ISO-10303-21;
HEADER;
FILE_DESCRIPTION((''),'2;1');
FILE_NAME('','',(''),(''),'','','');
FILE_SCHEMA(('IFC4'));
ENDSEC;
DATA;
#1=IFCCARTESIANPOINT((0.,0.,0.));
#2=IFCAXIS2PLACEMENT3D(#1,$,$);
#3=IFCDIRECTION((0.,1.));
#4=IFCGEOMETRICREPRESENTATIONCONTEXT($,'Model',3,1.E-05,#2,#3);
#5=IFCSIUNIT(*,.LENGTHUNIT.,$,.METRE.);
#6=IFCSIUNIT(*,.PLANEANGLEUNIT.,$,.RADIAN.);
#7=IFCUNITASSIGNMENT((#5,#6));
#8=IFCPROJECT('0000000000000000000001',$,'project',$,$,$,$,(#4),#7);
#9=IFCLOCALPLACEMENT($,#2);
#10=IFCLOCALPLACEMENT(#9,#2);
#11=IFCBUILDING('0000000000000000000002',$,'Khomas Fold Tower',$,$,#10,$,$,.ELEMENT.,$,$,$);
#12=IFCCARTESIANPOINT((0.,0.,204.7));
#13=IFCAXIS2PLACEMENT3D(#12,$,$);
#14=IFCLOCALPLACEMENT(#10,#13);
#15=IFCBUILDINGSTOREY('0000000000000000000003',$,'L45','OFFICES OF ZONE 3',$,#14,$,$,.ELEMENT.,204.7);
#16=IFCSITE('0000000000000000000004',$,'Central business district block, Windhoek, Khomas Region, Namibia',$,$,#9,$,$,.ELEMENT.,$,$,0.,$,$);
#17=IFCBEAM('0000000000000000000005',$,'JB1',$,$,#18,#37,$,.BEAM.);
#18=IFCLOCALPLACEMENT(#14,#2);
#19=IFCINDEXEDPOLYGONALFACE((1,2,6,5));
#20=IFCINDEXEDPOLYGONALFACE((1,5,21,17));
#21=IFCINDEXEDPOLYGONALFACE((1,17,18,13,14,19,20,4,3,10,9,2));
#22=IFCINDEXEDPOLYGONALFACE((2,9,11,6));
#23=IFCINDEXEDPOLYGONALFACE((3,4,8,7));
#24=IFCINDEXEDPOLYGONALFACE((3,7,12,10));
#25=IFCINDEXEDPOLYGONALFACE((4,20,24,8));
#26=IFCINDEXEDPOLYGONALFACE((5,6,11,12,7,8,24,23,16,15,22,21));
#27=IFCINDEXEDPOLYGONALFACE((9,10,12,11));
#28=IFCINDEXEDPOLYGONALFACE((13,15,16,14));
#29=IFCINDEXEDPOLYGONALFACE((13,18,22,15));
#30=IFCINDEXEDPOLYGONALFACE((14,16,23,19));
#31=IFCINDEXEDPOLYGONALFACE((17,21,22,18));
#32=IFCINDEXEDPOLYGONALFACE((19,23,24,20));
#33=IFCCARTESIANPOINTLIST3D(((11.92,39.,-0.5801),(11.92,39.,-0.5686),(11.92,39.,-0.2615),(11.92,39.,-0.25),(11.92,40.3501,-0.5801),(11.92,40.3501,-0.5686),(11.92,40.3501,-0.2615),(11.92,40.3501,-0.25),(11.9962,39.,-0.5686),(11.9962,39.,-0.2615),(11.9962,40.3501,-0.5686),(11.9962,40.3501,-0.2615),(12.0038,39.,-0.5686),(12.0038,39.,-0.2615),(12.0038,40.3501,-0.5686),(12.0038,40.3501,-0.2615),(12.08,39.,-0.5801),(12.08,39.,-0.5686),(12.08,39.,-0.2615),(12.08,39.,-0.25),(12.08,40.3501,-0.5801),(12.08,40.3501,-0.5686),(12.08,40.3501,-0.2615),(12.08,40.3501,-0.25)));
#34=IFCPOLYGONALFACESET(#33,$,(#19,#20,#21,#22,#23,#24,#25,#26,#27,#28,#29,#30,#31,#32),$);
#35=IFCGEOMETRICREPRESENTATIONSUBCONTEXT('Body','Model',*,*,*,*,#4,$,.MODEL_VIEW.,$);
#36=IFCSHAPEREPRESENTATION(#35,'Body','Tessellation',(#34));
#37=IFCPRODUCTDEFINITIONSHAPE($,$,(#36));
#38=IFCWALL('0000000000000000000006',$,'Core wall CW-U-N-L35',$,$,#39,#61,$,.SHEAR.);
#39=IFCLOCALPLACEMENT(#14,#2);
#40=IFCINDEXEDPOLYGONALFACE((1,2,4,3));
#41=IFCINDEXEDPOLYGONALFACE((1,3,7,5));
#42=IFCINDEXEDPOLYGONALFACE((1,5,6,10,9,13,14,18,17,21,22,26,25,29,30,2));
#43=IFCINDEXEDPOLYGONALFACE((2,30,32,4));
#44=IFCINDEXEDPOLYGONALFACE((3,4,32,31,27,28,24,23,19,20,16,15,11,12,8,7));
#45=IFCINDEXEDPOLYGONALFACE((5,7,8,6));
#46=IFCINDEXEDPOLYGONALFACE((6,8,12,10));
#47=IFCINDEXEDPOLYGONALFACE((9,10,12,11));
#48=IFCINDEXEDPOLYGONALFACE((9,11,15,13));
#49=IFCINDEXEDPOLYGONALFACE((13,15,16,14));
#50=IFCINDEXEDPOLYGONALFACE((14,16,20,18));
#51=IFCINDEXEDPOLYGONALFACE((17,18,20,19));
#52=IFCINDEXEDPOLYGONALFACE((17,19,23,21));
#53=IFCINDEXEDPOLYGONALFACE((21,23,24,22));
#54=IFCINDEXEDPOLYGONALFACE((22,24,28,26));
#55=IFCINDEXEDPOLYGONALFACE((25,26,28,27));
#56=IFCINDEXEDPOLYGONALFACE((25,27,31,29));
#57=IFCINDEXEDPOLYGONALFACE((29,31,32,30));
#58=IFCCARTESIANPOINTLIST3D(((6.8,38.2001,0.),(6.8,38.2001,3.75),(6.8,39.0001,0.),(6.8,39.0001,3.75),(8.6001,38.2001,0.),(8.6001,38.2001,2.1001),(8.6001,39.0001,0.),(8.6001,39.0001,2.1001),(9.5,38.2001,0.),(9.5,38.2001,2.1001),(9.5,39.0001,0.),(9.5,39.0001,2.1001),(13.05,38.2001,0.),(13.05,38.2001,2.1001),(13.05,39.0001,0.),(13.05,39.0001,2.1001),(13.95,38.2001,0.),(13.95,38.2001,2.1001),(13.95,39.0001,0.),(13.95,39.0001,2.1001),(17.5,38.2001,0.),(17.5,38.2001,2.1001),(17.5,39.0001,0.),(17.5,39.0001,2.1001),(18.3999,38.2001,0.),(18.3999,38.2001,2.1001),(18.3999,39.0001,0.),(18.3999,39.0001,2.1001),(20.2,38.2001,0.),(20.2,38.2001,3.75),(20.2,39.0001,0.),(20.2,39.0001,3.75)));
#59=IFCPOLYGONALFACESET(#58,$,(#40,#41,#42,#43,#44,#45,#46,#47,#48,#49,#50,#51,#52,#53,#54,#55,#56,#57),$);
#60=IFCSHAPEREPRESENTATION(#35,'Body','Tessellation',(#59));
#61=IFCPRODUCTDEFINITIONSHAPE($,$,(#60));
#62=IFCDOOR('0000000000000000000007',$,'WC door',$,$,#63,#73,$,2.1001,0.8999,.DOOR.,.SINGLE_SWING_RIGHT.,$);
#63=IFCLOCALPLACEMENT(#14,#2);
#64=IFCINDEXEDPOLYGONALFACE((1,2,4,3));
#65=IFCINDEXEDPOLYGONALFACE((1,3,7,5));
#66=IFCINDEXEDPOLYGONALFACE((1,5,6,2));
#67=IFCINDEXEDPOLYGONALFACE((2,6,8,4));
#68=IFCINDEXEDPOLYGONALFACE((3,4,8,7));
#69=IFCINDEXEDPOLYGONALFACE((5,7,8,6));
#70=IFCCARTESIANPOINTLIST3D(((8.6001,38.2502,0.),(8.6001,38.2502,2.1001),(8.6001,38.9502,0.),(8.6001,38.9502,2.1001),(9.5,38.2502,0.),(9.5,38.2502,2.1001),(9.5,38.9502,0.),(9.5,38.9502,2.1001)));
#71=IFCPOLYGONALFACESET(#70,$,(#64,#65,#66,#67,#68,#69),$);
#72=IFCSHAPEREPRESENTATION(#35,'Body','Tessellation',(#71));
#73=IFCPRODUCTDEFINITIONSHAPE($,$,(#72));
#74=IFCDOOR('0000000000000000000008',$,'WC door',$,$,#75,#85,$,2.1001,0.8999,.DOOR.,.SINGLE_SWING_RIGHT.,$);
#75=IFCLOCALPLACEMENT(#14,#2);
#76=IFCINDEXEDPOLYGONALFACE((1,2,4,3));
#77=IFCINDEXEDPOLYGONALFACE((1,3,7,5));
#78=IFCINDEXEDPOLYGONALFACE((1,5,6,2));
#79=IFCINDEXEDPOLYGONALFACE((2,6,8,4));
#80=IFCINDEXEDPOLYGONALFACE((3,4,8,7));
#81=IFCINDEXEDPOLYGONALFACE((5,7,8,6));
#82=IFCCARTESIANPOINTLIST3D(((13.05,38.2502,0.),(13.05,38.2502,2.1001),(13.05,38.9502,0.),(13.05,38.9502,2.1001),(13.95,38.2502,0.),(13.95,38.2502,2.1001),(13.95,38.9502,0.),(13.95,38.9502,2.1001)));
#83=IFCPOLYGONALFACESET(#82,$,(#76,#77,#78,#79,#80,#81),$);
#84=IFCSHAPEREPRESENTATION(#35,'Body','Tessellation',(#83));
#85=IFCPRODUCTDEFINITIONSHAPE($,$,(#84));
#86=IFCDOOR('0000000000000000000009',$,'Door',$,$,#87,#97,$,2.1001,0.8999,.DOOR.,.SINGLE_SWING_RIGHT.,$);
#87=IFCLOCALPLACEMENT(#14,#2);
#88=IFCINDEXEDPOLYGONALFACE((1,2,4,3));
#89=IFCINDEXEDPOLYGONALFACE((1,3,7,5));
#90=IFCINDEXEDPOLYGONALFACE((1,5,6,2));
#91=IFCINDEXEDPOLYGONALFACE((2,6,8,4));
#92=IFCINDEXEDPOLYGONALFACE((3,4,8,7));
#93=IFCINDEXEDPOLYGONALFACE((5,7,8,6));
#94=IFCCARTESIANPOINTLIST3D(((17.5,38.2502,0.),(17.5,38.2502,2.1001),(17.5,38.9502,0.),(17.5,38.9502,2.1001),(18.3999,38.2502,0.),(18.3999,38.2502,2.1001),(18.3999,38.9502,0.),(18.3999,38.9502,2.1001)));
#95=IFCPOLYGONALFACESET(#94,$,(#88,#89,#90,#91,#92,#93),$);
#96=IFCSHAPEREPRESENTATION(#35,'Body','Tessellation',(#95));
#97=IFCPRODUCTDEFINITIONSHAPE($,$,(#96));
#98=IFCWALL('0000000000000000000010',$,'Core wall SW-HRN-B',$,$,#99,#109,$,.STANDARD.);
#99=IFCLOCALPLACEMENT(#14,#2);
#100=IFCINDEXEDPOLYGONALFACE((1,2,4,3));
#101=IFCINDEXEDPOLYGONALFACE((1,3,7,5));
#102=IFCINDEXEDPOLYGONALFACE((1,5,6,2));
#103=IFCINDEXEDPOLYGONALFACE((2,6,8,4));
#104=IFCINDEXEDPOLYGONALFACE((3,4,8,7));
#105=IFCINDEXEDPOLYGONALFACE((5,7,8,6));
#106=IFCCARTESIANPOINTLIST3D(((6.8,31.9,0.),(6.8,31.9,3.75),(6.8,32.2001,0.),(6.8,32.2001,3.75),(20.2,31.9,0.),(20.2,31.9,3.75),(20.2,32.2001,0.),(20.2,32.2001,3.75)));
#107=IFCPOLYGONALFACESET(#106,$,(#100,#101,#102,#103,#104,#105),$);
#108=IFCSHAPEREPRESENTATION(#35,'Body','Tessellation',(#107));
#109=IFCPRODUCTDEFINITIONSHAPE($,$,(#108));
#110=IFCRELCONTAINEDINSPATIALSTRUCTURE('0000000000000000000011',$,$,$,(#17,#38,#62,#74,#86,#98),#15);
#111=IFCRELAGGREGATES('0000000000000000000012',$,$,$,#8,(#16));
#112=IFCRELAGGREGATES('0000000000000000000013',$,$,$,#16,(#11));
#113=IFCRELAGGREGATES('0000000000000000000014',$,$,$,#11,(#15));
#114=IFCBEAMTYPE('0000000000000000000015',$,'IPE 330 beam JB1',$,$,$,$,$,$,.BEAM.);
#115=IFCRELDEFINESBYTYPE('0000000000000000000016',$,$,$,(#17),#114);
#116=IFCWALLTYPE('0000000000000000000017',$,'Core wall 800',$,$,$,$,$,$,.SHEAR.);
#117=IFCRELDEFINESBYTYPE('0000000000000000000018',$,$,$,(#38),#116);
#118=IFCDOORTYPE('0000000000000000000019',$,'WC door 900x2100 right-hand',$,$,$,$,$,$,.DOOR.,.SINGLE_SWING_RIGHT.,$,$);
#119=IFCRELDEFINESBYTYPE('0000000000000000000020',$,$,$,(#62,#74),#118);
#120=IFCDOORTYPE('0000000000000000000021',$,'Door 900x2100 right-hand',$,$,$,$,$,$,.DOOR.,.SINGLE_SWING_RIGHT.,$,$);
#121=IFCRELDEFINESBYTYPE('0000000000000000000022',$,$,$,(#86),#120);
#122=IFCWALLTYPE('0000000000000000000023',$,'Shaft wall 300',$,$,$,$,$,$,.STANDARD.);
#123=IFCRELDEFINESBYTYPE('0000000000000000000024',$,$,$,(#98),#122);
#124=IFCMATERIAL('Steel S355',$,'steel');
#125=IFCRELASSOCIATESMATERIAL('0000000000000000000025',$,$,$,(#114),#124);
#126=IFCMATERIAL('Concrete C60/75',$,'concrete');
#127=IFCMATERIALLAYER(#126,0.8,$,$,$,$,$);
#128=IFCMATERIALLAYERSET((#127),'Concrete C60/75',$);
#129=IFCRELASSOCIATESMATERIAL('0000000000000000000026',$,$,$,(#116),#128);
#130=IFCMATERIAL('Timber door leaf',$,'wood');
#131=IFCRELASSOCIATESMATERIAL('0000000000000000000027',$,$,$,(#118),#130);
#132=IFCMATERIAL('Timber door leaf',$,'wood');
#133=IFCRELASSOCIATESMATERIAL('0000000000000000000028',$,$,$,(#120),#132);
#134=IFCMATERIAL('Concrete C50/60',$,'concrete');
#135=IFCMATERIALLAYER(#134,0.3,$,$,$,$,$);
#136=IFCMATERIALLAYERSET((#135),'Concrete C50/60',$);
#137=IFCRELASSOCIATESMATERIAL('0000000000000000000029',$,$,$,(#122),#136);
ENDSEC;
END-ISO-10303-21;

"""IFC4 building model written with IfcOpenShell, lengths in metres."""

from ifc_helpers import new_model, si_unit, direction, frame, frame_2d, origin, origin_2d, place, context, subcontext, project, spatial, rectangle, i_section, extrude, source, transform, mapped, material, layer, layer_set, material_profile, profile_set, type_object, element, fill, save


model = new_model("IFC4")

# Units and contexts
model_context = context("Model", 3, precision=1e-05, world=origin(), true_north=direction((0.0, 1.0)))
body_context = subcontext(model_context, "Body", "Model", "MODEL_VIEW")
ifc_project = project(units=[si_unit("LENGTHUNIT", "METRE"), si_unit("PLANEANGLEUNIT", "RADIAN")], contexts=[model_context])

# Site, building, storey
site_placement = place(None, origin())
site = spatial("IfcSite", under=ifc_project, at=site_placement, Name="Central business district block, Windhoek, Khomas Region, Namibia", CompositionType="ELEMENT", RefElevation=0.0)
building_placement = place(site_placement, origin())
building = spatial("IfcBuilding", under=site, at=building_placement, Name="Khomas Fold Tower", CompositionType="ELEMENT")
storey_placement = place(building_placement, frame((0.0, 0.0, 204.7)))
storey = spatial("IfcBuildingStorey", under=building, at=storey_placement, Name="L45", Description="OFFICES OF ZONE 3", CompositionType="ELEMENT", Elevation=204.7)

# Beam
ifc_material_1 = material(Name="Steel S355", Category="steel")
ifc_material_profile = material_profile(ifc_material_1, i_section(OverallWidth=0.1599, OverallDepth=0.3301, WebThickness=0.0076, FlangeThickness=0.0115, at=origin_2d()), Name="IPE 330")
ifc_profile_set = profile_set([ifc_material_profile], Name="Steel S355")
beam_type = type_object("IfcBeamType", Name="IPE 330 beam JB1", PredefinedType="BEAM", material=ifc_profile_set)
shared_shape_1 = source(origin(), body_context, "Body", "SweptSolid", [
    extrude(i_section(OverallWidth=0.1599, OverallDepth=0.3301, WebThickness=0.0076, FlangeThickness=0.0115, at=origin_2d()), origin(), (0.0, 0.0, 1.0), 1.3501),
])
beam_placement = place(storey_placement, frame((12.0, 39.0, -0.415), z_axis=(0.0, 1.0, 0.0), x_axis=(-1.0, 0.0, 0.0)))
element("IfcBeam", 1, at=beam_placement, inside=storey, type_object=beam_type, Name="JB1", PredefinedType="BEAM", context=body_context, shape_type="MappedRepresentation", body=[
    mapped(shared_shape_1, transform((0.0, 0.0, 0.0))),
])

# Wall, openings, doors
ifc_material_2 = material(Name="Concrete C60/75", Category="concrete")
ifc_layer_1 = layer(ifc_material_2, 0.8)
ifc_layer_set_1 = layer_set([ifc_layer_1], Name="Concrete C60/75")
wall_type_1 = type_object("IfcWallType", Name="Core wall 800", PredefinedType="SHEAR", material=ifc_layer_set_1)
shared_shape_2 = source(origin(), body_context, "Body", "SweptSolid", [
    extrude(rectangle(XDim=13.3999, YDim=0.8, at=frame_2d((6.7, 0.0))), origin(), (0.0, 0.0, 1.0), 3.75),
])
wall_1_placement = place(storey_placement, frame((6.8, 38.6001, 0.0), z_axis=(0.0, 0.0, 1.0), x_axis=(1.0, 0.0, 0.0)))
wall_1 = element("IfcWall", 2, at=wall_1_placement, inside=storey, type_object=wall_type_1, Name="Core wall CW-U-N-L35", PredefinedType="SHEAR", context=body_context, shape_type="MappedRepresentation", body=[
    mapped(shared_shape_2, transform((0.0, 0.0, 0.0))),
])
shared_shape_3 = source(origin(), body_context, "Body", "SweptSolid", [
    extrude(rectangle(XDim=0.8999, YDim=2.1001, at=frame_2d((0.45, 1.05))), frame((0.0, 0.4099, 0.0), z_axis=(0.0, -1.0, 0.0), x_axis=(1.0, 0.0, 0.0)), (0.0, 0.0, 1.0), 0.8201),
])
opening_1_placement = place(wall_1_placement, frame((1.8, 0.0, 0.0)))
opening_1 = element("IfcOpeningElement", 3, at=opening_1_placement, cuts=wall_1, PredefinedType="OPENING", context=body_context, shape_type="MappedRepresentation", body=[
    mapped(shared_shape_3, transform((0.0, 0.0, 0.0))),
])
opening_2_placement = place(wall_1_placement, frame((6.25, 0.0, 0.0)))
opening_2 = element("IfcOpeningElement", 4, at=opening_2_placement, cuts=wall_1, PredefinedType="OPENING", context=body_context, shape_type="MappedRepresentation", body=[
    mapped(shared_shape_3, transform((0.0, 0.0, 0.0))),
])
opening_3_placement = place(wall_1_placement, frame((10.7, 0.0, 0.0)))
opening_3 = element("IfcOpeningElement", 5, at=opening_3_placement, cuts=wall_1, PredefinedType="OPENING", context=body_context, shape_type="MappedRepresentation", body=[
    mapped(shared_shape_3, transform((0.0, 0.0, 0.0))),
])
ifc_material_3 = material(Name="Timber door leaf", Category="wood")
door_type_1 = type_object("IfcDoorType", Name="WC door 900x2100 right-hand", OperationType="SINGLE_SWING_RIGHT", PredefinedType="DOOR", material=ifc_material_3)
shared_shape_4 = source(origin(), body_context, "Body", "SweptSolid", [
    extrude(rectangle(XDim=0.8999, YDim=2.1001, at=frame_2d((0.45, 1.05))), frame((0.0, 0.3501, 0.0), z_axis=(0.0, -1.0, 0.0), x_axis=(1.0, 0.0, 0.0)), (0.0, 0.0, 1.0), 0.7),
])
door_1_placement = place(opening_1_placement, origin())
door_1 = element("IfcDoor", 6, at=door_1_placement, inside=storey, type_object=door_type_1, Name="WC door", OperationType="SINGLE_SWING_RIGHT", OverallHeight=2.1001, OverallWidth=0.8999, PredefinedType="DOOR", context=body_context, shape_type="MappedRepresentation", body=[
    mapped(shared_shape_4, transform((0.0, 0.0, 0.0))),
])
fill(opening_1, door_1)
door_2_placement = place(opening_2_placement, origin())
door_2 = element("IfcDoor", 7, at=door_2_placement, inside=storey, type_object=door_type_1, Name="WC door", OperationType="SINGLE_SWING_RIGHT", OverallHeight=2.1001, OverallWidth=0.8999, PredefinedType="DOOR", context=body_context, shape_type="MappedRepresentation", body=[
    mapped(shared_shape_4, transform((0.0, 0.0, 0.0))),
])
fill(opening_2, door_2)
ifc_material_4 = material(Name="Timber door leaf", Category="wood")
door_type_2 = type_object("IfcDoorType", Name="Door 900x2100 right-hand", OperationType="SINGLE_SWING_RIGHT", PredefinedType="DOOR", material=ifc_material_4)
door_3_placement = place(opening_3_placement, origin())
door_3 = element("IfcDoor", 8, at=door_3_placement, inside=storey, type_object=door_type_2, Name="Door", OperationType="SINGLE_SWING_RIGHT", OverallHeight=2.1001, OverallWidth=0.8999, PredefinedType="DOOR", context=body_context, shape_type="MappedRepresentation", body=[
    mapped(shared_shape_4, transform((0.0, 0.0, 0.0))),
])
fill(opening_3, door_3)

# Wall
ifc_material_5 = material(Name="Concrete C50/60", Category="concrete")
ifc_layer_2 = layer(ifc_material_5, 0.3)
ifc_layer_set_2 = layer_set([ifc_layer_2], Name="Concrete C50/60")
wall_type_2 = type_object("IfcWallType", Name="Shaft wall 300", PredefinedType="STANDARD", material=ifc_layer_set_2)
shared_shape_5 = source(origin(), body_context, "Body", "SweptSolid", [
    extrude(rectangle(XDim=13.3999, YDim=0.3, at=frame_2d((6.7, 0.0))), origin(), (0.0, 0.0, 1.0), 3.75),
])
wall_2_placement = place(storey_placement, frame((6.8, 32.05, 0.0), z_axis=(0.0, 0.0, 1.0), x_axis=(1.0, 0.0, 0.0)))
element("IfcWall", 9, at=wall_2_placement, inside=storey, type_object=wall_type_2, Name="Core wall SW-HRN-B", PredefinedType="STANDARD", context=body_context, shape_type="MappedRepresentation", body=[
    mapped(shared_shape_5, transform((0.0, 0.0, 0.0))),
])

save(model, "model.ifc")
